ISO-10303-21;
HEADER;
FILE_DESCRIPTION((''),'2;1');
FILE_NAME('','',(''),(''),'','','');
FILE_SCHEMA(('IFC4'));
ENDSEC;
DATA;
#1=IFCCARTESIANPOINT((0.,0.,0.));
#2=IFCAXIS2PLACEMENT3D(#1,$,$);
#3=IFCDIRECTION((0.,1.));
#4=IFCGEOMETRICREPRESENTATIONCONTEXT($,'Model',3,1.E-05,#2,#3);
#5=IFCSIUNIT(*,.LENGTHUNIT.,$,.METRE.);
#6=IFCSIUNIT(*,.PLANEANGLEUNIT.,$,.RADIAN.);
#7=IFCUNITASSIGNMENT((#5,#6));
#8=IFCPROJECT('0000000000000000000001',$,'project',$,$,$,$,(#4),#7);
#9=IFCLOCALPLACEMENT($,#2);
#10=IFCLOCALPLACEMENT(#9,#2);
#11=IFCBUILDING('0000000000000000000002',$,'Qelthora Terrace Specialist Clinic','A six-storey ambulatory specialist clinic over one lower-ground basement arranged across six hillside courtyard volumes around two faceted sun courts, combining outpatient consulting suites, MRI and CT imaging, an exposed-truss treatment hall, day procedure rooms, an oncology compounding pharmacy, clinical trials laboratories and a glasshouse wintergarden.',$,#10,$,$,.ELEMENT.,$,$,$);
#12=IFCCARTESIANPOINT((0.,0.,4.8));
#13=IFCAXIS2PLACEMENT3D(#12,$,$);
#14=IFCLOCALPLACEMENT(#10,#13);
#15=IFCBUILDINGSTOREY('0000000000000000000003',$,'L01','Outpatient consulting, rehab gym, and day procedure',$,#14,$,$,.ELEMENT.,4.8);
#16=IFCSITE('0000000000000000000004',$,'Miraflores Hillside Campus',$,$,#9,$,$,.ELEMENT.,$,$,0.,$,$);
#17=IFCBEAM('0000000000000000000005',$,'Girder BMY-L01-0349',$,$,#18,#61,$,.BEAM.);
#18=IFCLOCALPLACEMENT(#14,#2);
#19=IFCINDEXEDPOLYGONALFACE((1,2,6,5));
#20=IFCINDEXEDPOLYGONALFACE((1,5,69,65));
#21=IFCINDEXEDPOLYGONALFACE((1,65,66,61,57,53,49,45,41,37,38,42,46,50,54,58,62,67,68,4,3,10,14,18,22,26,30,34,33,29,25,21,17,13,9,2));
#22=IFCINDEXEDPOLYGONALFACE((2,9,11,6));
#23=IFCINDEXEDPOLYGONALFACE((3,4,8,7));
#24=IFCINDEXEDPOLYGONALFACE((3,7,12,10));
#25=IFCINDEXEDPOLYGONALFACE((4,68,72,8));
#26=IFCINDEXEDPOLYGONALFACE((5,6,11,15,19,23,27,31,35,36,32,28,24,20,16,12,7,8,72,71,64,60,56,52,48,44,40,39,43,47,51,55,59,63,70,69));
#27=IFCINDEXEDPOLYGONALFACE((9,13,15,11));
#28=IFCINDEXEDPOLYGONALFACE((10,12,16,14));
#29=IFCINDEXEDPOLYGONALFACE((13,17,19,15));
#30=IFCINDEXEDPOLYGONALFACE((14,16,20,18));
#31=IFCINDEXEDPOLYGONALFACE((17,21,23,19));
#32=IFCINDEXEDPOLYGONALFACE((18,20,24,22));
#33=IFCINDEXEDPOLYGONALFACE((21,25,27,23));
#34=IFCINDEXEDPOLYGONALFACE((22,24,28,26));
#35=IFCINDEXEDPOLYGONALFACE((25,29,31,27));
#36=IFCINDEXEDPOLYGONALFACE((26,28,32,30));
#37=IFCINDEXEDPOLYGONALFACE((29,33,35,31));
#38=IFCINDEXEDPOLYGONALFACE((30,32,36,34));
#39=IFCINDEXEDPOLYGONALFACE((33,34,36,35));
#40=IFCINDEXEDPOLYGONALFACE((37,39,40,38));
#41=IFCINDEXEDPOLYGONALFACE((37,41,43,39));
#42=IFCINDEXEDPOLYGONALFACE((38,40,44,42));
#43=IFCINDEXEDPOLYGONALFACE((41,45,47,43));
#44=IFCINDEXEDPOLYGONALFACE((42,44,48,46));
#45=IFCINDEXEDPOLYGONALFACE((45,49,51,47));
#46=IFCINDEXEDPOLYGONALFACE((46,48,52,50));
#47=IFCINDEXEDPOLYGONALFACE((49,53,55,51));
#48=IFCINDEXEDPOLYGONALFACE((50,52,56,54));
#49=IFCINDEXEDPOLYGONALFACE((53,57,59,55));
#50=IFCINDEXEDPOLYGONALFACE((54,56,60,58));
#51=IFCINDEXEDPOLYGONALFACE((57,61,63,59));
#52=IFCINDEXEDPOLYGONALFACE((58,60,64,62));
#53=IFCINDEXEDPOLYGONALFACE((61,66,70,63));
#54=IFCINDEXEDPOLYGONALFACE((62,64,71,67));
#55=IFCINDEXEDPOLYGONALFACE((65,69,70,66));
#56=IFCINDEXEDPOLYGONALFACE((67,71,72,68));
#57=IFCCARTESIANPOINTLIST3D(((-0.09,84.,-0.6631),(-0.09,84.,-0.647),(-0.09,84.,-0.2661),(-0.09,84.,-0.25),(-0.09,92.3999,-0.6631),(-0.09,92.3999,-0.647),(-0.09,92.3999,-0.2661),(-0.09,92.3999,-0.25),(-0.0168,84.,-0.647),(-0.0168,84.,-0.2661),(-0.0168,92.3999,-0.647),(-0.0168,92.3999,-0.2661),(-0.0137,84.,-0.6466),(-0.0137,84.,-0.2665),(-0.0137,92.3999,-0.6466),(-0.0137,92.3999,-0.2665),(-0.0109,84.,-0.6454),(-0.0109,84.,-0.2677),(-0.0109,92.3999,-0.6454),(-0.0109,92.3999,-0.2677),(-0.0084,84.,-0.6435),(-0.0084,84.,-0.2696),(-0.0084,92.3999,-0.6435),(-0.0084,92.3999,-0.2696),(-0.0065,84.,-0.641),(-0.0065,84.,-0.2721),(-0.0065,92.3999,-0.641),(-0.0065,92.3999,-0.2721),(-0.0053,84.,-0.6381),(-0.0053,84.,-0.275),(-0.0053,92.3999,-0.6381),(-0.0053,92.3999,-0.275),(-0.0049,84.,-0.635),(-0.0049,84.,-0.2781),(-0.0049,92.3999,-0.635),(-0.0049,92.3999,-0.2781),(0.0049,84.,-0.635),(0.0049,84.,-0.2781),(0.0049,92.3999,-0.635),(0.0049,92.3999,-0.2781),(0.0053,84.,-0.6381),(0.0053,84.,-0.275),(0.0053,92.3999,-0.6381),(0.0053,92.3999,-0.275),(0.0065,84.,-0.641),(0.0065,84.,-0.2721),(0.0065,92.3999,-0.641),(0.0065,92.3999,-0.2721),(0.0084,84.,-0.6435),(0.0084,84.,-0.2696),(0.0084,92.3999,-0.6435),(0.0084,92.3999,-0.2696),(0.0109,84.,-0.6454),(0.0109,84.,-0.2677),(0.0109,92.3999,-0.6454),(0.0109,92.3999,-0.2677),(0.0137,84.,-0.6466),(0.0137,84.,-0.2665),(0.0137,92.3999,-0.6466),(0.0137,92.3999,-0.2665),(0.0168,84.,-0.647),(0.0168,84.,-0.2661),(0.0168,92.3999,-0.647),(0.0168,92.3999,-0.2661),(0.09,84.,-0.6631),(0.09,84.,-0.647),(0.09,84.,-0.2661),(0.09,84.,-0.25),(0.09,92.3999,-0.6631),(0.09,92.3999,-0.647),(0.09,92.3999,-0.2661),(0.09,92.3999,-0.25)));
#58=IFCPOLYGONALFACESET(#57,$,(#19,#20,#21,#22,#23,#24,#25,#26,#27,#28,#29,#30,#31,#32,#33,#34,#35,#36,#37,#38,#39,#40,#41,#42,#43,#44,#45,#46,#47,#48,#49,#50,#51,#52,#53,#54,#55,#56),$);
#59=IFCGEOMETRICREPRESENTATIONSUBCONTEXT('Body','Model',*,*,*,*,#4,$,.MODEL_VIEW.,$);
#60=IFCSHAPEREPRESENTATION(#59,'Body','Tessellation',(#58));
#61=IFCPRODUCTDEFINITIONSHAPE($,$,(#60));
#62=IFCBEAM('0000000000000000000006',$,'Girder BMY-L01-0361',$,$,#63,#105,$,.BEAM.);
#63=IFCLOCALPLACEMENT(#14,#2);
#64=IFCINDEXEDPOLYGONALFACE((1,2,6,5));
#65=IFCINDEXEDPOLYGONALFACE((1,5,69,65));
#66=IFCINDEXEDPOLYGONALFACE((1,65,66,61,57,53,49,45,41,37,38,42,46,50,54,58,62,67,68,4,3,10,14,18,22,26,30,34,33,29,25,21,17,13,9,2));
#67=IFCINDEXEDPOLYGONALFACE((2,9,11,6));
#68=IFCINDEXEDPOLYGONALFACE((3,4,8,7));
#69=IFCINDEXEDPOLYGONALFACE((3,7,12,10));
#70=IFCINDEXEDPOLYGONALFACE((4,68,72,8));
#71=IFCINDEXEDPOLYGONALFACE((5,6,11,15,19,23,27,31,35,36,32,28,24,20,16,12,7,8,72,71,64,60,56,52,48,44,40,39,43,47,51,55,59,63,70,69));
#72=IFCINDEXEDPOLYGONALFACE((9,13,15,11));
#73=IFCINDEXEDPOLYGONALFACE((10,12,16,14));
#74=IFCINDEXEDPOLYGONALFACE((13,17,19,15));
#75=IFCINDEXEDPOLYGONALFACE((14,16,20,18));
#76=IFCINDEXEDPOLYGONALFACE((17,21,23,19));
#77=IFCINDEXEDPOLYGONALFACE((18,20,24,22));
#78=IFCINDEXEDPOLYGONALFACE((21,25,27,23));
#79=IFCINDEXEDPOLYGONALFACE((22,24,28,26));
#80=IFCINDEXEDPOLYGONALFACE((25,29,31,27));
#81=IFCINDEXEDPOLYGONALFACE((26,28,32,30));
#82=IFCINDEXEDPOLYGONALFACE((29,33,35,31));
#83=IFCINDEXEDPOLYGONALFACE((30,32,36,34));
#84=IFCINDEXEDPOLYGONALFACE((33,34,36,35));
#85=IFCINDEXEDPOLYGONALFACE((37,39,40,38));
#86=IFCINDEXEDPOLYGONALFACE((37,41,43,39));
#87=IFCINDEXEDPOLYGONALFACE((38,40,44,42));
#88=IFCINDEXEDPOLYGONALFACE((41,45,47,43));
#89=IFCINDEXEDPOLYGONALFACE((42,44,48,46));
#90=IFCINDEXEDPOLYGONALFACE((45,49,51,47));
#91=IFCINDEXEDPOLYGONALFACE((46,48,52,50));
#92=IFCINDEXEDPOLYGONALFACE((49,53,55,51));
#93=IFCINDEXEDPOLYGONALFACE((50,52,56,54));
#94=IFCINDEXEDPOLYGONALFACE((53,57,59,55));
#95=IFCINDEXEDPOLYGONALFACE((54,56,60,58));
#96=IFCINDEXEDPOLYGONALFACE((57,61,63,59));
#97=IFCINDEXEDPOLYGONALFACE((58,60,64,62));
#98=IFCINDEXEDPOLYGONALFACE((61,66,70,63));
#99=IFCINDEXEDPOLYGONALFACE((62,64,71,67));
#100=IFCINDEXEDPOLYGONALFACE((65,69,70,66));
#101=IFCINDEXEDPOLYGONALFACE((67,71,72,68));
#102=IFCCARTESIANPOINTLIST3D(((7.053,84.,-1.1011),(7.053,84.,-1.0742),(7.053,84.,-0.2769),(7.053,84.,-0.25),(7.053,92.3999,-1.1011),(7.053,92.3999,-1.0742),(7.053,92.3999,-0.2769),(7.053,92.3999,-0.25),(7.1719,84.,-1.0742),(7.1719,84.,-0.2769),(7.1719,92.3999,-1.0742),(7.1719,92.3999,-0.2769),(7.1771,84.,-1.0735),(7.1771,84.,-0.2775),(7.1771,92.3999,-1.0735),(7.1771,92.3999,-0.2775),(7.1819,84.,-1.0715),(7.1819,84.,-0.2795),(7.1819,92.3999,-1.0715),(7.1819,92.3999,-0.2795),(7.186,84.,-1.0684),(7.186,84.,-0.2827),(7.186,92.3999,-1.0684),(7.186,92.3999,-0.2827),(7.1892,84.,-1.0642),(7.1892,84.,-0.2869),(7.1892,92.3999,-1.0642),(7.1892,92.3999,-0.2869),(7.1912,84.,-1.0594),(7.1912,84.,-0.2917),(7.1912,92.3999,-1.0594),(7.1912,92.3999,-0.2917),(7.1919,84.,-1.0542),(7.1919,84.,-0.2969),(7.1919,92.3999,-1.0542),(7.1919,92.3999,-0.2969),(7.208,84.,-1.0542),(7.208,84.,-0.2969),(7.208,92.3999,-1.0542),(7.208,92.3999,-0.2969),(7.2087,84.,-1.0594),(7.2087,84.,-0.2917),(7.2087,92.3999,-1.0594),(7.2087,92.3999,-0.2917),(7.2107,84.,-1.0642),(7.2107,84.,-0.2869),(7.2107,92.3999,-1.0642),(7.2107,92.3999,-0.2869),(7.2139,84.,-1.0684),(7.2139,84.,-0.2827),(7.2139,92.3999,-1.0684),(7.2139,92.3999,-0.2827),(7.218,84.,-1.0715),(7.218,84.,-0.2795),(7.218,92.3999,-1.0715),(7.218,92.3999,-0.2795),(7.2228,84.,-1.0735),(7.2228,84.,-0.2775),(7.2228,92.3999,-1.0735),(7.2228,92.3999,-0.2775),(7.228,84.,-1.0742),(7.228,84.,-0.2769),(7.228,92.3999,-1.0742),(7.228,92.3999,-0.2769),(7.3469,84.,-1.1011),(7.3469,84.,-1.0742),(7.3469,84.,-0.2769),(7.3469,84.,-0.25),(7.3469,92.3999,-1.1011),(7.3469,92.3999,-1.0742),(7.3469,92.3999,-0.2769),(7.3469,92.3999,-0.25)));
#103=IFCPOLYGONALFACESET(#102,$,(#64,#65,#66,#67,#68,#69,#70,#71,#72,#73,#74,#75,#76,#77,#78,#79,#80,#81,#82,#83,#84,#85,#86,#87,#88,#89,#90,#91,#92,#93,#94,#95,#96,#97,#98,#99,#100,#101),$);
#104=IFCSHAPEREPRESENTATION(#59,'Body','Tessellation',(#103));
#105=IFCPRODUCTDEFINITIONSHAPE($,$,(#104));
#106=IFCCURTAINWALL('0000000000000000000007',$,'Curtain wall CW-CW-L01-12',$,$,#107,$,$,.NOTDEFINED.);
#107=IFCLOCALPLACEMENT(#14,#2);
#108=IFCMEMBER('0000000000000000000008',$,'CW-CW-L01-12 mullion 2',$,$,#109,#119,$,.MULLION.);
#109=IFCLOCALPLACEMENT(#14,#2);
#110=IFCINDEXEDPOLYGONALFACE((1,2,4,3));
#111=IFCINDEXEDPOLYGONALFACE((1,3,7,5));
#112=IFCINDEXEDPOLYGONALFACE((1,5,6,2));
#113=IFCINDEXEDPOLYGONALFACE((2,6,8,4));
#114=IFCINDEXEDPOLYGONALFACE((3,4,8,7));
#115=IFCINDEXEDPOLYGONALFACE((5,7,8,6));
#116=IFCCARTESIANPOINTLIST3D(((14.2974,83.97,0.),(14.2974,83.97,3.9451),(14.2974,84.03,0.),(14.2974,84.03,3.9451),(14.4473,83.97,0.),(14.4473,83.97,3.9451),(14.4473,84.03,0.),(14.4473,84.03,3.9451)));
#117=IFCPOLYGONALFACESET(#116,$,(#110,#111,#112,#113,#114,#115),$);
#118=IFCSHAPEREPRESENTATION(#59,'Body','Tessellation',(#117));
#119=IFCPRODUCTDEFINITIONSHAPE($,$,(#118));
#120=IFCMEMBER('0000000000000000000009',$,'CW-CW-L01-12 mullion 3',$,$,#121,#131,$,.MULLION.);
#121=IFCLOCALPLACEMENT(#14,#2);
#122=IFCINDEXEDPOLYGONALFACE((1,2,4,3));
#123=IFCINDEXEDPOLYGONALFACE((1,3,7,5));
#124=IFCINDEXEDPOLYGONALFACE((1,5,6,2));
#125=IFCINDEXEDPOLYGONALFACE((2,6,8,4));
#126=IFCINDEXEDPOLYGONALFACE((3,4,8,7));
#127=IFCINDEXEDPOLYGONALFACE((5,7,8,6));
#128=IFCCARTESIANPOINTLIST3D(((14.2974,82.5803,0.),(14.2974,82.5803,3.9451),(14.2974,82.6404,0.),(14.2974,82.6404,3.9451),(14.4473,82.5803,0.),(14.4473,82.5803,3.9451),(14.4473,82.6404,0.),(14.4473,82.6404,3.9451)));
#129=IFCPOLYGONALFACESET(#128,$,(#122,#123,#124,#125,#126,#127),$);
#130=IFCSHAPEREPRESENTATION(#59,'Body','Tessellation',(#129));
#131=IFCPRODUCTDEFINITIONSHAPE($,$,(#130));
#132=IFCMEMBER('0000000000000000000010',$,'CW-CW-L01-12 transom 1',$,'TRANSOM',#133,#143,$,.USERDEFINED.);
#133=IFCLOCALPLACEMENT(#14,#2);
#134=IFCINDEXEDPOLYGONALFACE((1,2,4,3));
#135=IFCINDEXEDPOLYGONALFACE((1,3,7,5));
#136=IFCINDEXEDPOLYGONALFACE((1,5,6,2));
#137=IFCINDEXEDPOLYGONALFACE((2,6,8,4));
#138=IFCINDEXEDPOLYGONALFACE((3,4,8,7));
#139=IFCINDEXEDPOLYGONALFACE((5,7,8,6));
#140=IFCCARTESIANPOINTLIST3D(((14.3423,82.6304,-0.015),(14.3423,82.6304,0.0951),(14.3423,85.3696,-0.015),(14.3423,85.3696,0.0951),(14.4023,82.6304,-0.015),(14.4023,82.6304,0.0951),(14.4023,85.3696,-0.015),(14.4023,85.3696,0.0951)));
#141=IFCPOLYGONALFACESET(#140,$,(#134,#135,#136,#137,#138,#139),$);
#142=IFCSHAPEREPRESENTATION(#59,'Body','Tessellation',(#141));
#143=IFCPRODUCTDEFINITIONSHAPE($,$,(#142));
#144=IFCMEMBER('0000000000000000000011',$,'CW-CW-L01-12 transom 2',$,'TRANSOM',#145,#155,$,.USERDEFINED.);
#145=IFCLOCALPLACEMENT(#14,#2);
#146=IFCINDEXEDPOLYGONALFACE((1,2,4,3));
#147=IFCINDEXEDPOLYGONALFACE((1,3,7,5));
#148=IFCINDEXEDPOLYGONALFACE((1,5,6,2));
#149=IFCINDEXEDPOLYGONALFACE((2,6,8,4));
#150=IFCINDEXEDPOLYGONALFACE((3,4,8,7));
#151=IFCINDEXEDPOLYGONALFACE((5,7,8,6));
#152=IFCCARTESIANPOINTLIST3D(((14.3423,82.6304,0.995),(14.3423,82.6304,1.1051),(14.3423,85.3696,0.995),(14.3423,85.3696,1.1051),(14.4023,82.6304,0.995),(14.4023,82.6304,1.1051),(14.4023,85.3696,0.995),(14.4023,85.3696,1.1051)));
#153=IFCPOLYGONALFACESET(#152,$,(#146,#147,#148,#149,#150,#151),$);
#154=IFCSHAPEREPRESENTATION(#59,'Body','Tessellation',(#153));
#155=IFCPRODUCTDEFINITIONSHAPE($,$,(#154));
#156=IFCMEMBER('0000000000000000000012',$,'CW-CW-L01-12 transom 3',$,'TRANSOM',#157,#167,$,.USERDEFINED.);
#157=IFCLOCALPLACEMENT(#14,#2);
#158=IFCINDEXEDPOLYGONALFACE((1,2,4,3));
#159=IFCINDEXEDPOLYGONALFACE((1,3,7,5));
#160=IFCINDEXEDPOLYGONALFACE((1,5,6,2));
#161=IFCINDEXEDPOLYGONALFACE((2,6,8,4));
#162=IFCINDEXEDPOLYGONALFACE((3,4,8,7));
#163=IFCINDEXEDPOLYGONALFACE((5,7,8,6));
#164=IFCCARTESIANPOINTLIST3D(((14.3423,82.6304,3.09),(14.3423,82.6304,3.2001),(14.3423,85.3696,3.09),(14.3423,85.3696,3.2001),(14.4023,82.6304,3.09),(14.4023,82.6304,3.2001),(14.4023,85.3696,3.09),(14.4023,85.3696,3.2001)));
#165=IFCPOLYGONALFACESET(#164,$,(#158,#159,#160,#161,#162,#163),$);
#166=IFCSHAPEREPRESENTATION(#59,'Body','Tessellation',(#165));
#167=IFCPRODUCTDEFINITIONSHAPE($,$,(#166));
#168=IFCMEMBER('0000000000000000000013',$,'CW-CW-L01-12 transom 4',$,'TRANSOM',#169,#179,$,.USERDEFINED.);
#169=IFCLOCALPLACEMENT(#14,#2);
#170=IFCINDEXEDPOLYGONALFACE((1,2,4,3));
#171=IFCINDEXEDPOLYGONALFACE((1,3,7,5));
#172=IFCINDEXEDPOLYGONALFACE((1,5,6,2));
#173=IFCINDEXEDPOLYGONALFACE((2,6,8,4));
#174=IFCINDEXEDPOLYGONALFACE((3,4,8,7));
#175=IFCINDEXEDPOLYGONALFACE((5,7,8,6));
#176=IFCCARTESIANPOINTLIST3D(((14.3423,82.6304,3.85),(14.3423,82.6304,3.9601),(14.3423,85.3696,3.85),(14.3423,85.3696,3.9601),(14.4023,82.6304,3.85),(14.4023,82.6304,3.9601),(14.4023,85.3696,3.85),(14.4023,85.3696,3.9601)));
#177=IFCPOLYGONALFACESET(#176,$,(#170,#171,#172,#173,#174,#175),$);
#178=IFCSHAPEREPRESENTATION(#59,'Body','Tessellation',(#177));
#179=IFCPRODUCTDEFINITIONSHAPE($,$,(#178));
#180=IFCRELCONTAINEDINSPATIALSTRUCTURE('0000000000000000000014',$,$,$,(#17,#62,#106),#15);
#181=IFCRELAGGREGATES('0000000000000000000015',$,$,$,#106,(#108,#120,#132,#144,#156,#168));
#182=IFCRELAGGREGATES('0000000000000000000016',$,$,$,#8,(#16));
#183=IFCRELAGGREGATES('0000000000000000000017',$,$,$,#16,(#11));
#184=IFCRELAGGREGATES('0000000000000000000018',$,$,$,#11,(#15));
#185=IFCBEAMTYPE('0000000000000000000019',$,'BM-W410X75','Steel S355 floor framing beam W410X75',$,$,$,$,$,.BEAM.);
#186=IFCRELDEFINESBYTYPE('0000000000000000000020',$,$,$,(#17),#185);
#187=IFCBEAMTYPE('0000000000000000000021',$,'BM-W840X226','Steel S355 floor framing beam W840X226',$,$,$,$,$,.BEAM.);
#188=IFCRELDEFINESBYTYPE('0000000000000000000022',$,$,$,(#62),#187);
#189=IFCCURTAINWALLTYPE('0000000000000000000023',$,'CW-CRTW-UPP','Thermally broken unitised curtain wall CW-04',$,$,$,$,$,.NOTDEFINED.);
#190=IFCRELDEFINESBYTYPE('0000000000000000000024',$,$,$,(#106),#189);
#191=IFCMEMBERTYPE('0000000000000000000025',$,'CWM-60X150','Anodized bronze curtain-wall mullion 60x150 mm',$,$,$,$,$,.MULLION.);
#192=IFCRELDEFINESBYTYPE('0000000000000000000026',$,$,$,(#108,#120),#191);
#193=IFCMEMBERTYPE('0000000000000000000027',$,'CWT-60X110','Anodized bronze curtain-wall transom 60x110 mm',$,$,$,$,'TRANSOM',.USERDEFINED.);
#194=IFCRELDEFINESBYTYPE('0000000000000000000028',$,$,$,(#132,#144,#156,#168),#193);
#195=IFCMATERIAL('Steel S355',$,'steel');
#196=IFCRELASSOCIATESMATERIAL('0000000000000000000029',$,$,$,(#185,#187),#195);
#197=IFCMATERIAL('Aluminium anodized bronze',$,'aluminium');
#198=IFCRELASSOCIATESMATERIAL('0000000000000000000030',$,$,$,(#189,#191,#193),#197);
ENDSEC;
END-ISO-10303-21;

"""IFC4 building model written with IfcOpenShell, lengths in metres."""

from ifc_helpers import new_model, si_unit, direction, frame, origin, origin_2d, place, context, subcontext, project, spatial, rectangle, i_section, extrude, material, material_profile, profile_set, type_object, element, aggregate, save


model = new_model("IFC4")

# Units and contexts
model_context = context("Model", 3, precision=1e-05, world=origin(), true_north=direction((0.0, 1.0)))
body_context = subcontext(model_context, "Body", "Model", "MODEL_VIEW")
ifc_project = project(units=[si_unit("LENGTHUNIT", "METRE"), si_unit("PLANEANGLEUNIT", "RADIAN")], contexts=[model_context])

# Site, building, storey
site_placement = place(None, origin())
site = spatial("IfcSite", under=ifc_project, at=site_placement, Name="Miraflores Hillside Campus", CompositionType="ELEMENT", RefElevation=0.0)
building_placement = place(site_placement, origin())
building = spatial("IfcBuilding", under=site, at=building_placement, Name="Qelthora Terrace Specialist Clinic", Description="A six-storey ambulatory specialist clinic over one lower-ground basement arranged across six hillside courtyard volumes around two faceted sun courts, combining outpatient consulting suites, MRI and CT imaging, an exposed-truss treatment hall, day procedure rooms, an oncology compounding pharmacy, clinical trials laboratories and a glasshouse wintergarden.", CompositionType="ELEMENT")
storey_placement = place(building_placement, frame((0.0, 0.0, 4.8)))
storey = spatial("IfcBuildingStorey", under=building, at=storey_placement, Name="L01", Description="Outpatient consulting, rehab gym, and day procedure", CompositionType="ELEMENT", Elevation=4.8)

# Shared definitions
ifc_material_1 = material(Name="Steel S355", Category="steel")

# Beams
ifc_material_profile_1 = material_profile(ifc_material_1, i_section(OverallWidth=0.1799, OverallDepth=0.4131, WebThickness=0.0098, FlangeThickness=0.0161, FilletRadius=0.012, at=origin_2d()), Name="W410X75")
ifc_profile_set_1 = profile_set([ifc_material_profile_1], Name="Steel S355")
beam_type_1 = type_object("IfcBeamType", Name="BM-W410X75", Description="Steel S355 floor framing beam W410X75", PredefinedType="BEAM", material=ifc_profile_set_1)
beam_1_placement = place(storey_placement, frame((0.0, 84.0, -0.4565), z_axis=(0.0, 1.0, 0.0), x_axis=(-1.0, 0.0, 0.0)))
element("IfcBeam", 1, at=beam_1_placement, inside=storey, type_object=beam_type_1, Name="Girder BMY-L01-0349", PredefinedType="BEAM", context=body_context, shape_type="SweptSolid", body=[
    extrude(i_section(OverallWidth=0.1799, OverallDepth=0.4131, WebThickness=0.0098, FlangeThickness=0.0161, FilletRadius=0.012, at=origin_2d()), origin(), (0.0, 0.0, 1.0), 8.3999),
])
ifc_material_profile_2 = material_profile(ifc_material_1, i_section(OverallWidth=0.2939, OverallDepth=0.8511, WebThickness=0.0161, FlangeThickness=0.0269, FilletRadius=0.02, at=origin_2d()), Name="W840X226")
ifc_profile_set_2 = profile_set([ifc_material_profile_2], Name="Steel S355")
beam_type_2 = type_object("IfcBeamType", Name="BM-W840X226", Description="Steel S355 floor framing beam W840X226", PredefinedType="BEAM", material=ifc_profile_set_2)
beam_2_placement = place(storey_placement, frame((7.2, 84.0, -0.6755), z_axis=(0.0, 1.0, 0.0), x_axis=(-1.0, 0.0, 0.0)))
element("IfcBeam", 2, at=beam_2_placement, inside=storey, type_object=beam_type_2, Name="Girder BMY-L01-0361", PredefinedType="BEAM", context=body_context, shape_type="SweptSolid", body=[
    extrude(i_section(OverallWidth=0.2939, OverallDepth=0.8511, WebThickness=0.0161, FlangeThickness=0.0269, FilletRadius=0.02, at=origin_2d()), origin(), (0.0, 0.0, 1.0), 8.3999),
])

# Curtain wall, members
ifc_material_2 = material(Name="Aluminium anodized bronze", Category="aluminium")
curtain_wall_type = type_object("IfcCurtainWallType", Name="CW-CRTW-UPP", Description="Thermally broken unitised curtain wall CW-04", PredefinedType="NOTDEFINED", material=ifc_material_2)
curtain_wall_placement = place(storey_placement, origin())
curtain_wall = element("IfcCurtainWall", 3, at=curtain_wall_placement, inside=storey, type_object=curtain_wall_type, Name="Curtain wall CW-CW-L01-12", PredefinedType="NOTDEFINED")
ifc_material_profile_3 = material_profile(ifc_material_2, rectangle(XDim=0.0601, YDim=0.1499, at=origin_2d()), Name="CWM60X150")
ifc_profile_set_3 = profile_set([ifc_material_profile_3], Name="Aluminium anodized bronze")
member_type_1 = type_object("IfcMemberType", Name="CWM-60X150", Description="Anodized bronze curtain-wall mullion 60x150 mm", PredefinedType="MULLION", material=ifc_profile_set_3)
member_1_placement = place(storey_placement, frame((14.3723, 84.0, 0.0), z_axis=(0.0, 0.0, 1.0), x_axis=(0.0, -1.0, 0.0)))
member_1 = element("IfcMember", 4, at=member_1_placement, type_object=member_type_1, Name="CW-CW-L01-12 mullion 2", PredefinedType="MULLION", context=body_context, shape_type="SweptSolid", body=[
    extrude(rectangle(XDim=0.0601, YDim=0.1499, at=origin_2d()), origin(), (0.0, 0.0, 1.0), 3.9451),
])
member_2_placement = place(storey_placement, frame((14.3723, 82.6104, 0.0), z_axis=(0.0, 0.0, 1.0), x_axis=(0.0, -1.0, 0.0)))
member_2 = element("IfcMember", 5, at=member_2_placement, type_object=member_type_1, Name="CW-CW-L01-12 mullion 3", PredefinedType="MULLION", context=body_context, shape_type="SweptSolid", body=[
    extrude(rectangle(XDim=0.0601, YDim=0.1499, at=origin_2d()), origin(), (0.0, 0.0, 1.0), 3.9451),
])
ifc_material_profile_4 = material_profile(ifc_material_2, rectangle(XDim=0.0601, YDim=0.1101, at=origin_2d()), Name="CWT60X110")
ifc_profile_set_4 = profile_set([ifc_material_profile_4], Name="Aluminium anodized bronze")
member_type_2 = type_object("IfcMemberType", Name="CWT-60X110", Description="Anodized bronze curtain-wall transom 60x110 mm", ElementType="TRANSOM", PredefinedType="USERDEFINED", material=ifc_profile_set_4)
member_3_placement = place(storey_placement, frame((14.3723, 85.3696, 0.04), z_axis=(0.0, -1.0, 0.0), x_axis=(1.0, 0.0, 0.0)))
member_3 = element("IfcMember", 6, at=member_3_placement, type_object=member_type_2, Name="CW-CW-L01-12 transom 1", ObjectType="TRANSOM", PredefinedType="USERDEFINED", context=body_context, shape_type="SweptSolid", body=[
    extrude(rectangle(XDim=0.0601, YDim=0.1101, at=origin_2d()), origin(), (0.0, 0.0, 1.0), 2.7393),
])
member_4_placement = place(storey_placement, frame((14.3723, 85.3696, 1.05), z_axis=(0.0, -1.0, 0.0), x_axis=(1.0, 0.0, 0.0)))
member_4 = element("IfcMember", 7, at=member_4_placement, type_object=member_type_2, Name="CW-CW-L01-12 transom 2", ObjectType="TRANSOM", PredefinedType="USERDEFINED", context=body_context, shape_type="SweptSolid", body=[
    extrude(rectangle(XDim=0.0601, YDim=0.1101, at=origin_2d()), origin(), (0.0, 0.0, 1.0), 2.7393),
])
member_5_placement = place(storey_placement, frame((14.3723, 85.3696, 3.145), z_axis=(0.0, -1.0, 0.0), x_axis=(1.0, 0.0, 0.0)))
member_5 = element("IfcMember", 8, at=member_5_placement, type_object=member_type_2, Name="CW-CW-L01-12 transom 3", ObjectType="TRANSOM", PredefinedType="USERDEFINED", context=body_context, shape_type="SweptSolid", body=[
    extrude(rectangle(XDim=0.0601, YDim=0.1101, at=origin_2d()), origin(), (0.0, 0.0, 1.0), 2.7393),
])
member_6_placement = place(storey_placement, frame((14.3723, 85.3696, 3.905), z_axis=(0.0, -1.0, 0.0), x_axis=(1.0, 0.0, 0.0)))
member_6 = element("IfcMember", 9, at=member_6_placement, type_object=member_type_2, Name="CW-CW-L01-12 transom 4", ObjectType="TRANSOM", PredefinedType="USERDEFINED", context=body_context, shape_type="SweptSolid", body=[
    extrude(rectangle(XDim=0.0601, YDim=0.1101, at=origin_2d()), origin(), (0.0, 0.0, 1.0), 2.7393),
])

aggregate(curtain_wall, [member_1, member_2, member_3, member_4, member_5, member_6])

save(model, "model.ifc")
